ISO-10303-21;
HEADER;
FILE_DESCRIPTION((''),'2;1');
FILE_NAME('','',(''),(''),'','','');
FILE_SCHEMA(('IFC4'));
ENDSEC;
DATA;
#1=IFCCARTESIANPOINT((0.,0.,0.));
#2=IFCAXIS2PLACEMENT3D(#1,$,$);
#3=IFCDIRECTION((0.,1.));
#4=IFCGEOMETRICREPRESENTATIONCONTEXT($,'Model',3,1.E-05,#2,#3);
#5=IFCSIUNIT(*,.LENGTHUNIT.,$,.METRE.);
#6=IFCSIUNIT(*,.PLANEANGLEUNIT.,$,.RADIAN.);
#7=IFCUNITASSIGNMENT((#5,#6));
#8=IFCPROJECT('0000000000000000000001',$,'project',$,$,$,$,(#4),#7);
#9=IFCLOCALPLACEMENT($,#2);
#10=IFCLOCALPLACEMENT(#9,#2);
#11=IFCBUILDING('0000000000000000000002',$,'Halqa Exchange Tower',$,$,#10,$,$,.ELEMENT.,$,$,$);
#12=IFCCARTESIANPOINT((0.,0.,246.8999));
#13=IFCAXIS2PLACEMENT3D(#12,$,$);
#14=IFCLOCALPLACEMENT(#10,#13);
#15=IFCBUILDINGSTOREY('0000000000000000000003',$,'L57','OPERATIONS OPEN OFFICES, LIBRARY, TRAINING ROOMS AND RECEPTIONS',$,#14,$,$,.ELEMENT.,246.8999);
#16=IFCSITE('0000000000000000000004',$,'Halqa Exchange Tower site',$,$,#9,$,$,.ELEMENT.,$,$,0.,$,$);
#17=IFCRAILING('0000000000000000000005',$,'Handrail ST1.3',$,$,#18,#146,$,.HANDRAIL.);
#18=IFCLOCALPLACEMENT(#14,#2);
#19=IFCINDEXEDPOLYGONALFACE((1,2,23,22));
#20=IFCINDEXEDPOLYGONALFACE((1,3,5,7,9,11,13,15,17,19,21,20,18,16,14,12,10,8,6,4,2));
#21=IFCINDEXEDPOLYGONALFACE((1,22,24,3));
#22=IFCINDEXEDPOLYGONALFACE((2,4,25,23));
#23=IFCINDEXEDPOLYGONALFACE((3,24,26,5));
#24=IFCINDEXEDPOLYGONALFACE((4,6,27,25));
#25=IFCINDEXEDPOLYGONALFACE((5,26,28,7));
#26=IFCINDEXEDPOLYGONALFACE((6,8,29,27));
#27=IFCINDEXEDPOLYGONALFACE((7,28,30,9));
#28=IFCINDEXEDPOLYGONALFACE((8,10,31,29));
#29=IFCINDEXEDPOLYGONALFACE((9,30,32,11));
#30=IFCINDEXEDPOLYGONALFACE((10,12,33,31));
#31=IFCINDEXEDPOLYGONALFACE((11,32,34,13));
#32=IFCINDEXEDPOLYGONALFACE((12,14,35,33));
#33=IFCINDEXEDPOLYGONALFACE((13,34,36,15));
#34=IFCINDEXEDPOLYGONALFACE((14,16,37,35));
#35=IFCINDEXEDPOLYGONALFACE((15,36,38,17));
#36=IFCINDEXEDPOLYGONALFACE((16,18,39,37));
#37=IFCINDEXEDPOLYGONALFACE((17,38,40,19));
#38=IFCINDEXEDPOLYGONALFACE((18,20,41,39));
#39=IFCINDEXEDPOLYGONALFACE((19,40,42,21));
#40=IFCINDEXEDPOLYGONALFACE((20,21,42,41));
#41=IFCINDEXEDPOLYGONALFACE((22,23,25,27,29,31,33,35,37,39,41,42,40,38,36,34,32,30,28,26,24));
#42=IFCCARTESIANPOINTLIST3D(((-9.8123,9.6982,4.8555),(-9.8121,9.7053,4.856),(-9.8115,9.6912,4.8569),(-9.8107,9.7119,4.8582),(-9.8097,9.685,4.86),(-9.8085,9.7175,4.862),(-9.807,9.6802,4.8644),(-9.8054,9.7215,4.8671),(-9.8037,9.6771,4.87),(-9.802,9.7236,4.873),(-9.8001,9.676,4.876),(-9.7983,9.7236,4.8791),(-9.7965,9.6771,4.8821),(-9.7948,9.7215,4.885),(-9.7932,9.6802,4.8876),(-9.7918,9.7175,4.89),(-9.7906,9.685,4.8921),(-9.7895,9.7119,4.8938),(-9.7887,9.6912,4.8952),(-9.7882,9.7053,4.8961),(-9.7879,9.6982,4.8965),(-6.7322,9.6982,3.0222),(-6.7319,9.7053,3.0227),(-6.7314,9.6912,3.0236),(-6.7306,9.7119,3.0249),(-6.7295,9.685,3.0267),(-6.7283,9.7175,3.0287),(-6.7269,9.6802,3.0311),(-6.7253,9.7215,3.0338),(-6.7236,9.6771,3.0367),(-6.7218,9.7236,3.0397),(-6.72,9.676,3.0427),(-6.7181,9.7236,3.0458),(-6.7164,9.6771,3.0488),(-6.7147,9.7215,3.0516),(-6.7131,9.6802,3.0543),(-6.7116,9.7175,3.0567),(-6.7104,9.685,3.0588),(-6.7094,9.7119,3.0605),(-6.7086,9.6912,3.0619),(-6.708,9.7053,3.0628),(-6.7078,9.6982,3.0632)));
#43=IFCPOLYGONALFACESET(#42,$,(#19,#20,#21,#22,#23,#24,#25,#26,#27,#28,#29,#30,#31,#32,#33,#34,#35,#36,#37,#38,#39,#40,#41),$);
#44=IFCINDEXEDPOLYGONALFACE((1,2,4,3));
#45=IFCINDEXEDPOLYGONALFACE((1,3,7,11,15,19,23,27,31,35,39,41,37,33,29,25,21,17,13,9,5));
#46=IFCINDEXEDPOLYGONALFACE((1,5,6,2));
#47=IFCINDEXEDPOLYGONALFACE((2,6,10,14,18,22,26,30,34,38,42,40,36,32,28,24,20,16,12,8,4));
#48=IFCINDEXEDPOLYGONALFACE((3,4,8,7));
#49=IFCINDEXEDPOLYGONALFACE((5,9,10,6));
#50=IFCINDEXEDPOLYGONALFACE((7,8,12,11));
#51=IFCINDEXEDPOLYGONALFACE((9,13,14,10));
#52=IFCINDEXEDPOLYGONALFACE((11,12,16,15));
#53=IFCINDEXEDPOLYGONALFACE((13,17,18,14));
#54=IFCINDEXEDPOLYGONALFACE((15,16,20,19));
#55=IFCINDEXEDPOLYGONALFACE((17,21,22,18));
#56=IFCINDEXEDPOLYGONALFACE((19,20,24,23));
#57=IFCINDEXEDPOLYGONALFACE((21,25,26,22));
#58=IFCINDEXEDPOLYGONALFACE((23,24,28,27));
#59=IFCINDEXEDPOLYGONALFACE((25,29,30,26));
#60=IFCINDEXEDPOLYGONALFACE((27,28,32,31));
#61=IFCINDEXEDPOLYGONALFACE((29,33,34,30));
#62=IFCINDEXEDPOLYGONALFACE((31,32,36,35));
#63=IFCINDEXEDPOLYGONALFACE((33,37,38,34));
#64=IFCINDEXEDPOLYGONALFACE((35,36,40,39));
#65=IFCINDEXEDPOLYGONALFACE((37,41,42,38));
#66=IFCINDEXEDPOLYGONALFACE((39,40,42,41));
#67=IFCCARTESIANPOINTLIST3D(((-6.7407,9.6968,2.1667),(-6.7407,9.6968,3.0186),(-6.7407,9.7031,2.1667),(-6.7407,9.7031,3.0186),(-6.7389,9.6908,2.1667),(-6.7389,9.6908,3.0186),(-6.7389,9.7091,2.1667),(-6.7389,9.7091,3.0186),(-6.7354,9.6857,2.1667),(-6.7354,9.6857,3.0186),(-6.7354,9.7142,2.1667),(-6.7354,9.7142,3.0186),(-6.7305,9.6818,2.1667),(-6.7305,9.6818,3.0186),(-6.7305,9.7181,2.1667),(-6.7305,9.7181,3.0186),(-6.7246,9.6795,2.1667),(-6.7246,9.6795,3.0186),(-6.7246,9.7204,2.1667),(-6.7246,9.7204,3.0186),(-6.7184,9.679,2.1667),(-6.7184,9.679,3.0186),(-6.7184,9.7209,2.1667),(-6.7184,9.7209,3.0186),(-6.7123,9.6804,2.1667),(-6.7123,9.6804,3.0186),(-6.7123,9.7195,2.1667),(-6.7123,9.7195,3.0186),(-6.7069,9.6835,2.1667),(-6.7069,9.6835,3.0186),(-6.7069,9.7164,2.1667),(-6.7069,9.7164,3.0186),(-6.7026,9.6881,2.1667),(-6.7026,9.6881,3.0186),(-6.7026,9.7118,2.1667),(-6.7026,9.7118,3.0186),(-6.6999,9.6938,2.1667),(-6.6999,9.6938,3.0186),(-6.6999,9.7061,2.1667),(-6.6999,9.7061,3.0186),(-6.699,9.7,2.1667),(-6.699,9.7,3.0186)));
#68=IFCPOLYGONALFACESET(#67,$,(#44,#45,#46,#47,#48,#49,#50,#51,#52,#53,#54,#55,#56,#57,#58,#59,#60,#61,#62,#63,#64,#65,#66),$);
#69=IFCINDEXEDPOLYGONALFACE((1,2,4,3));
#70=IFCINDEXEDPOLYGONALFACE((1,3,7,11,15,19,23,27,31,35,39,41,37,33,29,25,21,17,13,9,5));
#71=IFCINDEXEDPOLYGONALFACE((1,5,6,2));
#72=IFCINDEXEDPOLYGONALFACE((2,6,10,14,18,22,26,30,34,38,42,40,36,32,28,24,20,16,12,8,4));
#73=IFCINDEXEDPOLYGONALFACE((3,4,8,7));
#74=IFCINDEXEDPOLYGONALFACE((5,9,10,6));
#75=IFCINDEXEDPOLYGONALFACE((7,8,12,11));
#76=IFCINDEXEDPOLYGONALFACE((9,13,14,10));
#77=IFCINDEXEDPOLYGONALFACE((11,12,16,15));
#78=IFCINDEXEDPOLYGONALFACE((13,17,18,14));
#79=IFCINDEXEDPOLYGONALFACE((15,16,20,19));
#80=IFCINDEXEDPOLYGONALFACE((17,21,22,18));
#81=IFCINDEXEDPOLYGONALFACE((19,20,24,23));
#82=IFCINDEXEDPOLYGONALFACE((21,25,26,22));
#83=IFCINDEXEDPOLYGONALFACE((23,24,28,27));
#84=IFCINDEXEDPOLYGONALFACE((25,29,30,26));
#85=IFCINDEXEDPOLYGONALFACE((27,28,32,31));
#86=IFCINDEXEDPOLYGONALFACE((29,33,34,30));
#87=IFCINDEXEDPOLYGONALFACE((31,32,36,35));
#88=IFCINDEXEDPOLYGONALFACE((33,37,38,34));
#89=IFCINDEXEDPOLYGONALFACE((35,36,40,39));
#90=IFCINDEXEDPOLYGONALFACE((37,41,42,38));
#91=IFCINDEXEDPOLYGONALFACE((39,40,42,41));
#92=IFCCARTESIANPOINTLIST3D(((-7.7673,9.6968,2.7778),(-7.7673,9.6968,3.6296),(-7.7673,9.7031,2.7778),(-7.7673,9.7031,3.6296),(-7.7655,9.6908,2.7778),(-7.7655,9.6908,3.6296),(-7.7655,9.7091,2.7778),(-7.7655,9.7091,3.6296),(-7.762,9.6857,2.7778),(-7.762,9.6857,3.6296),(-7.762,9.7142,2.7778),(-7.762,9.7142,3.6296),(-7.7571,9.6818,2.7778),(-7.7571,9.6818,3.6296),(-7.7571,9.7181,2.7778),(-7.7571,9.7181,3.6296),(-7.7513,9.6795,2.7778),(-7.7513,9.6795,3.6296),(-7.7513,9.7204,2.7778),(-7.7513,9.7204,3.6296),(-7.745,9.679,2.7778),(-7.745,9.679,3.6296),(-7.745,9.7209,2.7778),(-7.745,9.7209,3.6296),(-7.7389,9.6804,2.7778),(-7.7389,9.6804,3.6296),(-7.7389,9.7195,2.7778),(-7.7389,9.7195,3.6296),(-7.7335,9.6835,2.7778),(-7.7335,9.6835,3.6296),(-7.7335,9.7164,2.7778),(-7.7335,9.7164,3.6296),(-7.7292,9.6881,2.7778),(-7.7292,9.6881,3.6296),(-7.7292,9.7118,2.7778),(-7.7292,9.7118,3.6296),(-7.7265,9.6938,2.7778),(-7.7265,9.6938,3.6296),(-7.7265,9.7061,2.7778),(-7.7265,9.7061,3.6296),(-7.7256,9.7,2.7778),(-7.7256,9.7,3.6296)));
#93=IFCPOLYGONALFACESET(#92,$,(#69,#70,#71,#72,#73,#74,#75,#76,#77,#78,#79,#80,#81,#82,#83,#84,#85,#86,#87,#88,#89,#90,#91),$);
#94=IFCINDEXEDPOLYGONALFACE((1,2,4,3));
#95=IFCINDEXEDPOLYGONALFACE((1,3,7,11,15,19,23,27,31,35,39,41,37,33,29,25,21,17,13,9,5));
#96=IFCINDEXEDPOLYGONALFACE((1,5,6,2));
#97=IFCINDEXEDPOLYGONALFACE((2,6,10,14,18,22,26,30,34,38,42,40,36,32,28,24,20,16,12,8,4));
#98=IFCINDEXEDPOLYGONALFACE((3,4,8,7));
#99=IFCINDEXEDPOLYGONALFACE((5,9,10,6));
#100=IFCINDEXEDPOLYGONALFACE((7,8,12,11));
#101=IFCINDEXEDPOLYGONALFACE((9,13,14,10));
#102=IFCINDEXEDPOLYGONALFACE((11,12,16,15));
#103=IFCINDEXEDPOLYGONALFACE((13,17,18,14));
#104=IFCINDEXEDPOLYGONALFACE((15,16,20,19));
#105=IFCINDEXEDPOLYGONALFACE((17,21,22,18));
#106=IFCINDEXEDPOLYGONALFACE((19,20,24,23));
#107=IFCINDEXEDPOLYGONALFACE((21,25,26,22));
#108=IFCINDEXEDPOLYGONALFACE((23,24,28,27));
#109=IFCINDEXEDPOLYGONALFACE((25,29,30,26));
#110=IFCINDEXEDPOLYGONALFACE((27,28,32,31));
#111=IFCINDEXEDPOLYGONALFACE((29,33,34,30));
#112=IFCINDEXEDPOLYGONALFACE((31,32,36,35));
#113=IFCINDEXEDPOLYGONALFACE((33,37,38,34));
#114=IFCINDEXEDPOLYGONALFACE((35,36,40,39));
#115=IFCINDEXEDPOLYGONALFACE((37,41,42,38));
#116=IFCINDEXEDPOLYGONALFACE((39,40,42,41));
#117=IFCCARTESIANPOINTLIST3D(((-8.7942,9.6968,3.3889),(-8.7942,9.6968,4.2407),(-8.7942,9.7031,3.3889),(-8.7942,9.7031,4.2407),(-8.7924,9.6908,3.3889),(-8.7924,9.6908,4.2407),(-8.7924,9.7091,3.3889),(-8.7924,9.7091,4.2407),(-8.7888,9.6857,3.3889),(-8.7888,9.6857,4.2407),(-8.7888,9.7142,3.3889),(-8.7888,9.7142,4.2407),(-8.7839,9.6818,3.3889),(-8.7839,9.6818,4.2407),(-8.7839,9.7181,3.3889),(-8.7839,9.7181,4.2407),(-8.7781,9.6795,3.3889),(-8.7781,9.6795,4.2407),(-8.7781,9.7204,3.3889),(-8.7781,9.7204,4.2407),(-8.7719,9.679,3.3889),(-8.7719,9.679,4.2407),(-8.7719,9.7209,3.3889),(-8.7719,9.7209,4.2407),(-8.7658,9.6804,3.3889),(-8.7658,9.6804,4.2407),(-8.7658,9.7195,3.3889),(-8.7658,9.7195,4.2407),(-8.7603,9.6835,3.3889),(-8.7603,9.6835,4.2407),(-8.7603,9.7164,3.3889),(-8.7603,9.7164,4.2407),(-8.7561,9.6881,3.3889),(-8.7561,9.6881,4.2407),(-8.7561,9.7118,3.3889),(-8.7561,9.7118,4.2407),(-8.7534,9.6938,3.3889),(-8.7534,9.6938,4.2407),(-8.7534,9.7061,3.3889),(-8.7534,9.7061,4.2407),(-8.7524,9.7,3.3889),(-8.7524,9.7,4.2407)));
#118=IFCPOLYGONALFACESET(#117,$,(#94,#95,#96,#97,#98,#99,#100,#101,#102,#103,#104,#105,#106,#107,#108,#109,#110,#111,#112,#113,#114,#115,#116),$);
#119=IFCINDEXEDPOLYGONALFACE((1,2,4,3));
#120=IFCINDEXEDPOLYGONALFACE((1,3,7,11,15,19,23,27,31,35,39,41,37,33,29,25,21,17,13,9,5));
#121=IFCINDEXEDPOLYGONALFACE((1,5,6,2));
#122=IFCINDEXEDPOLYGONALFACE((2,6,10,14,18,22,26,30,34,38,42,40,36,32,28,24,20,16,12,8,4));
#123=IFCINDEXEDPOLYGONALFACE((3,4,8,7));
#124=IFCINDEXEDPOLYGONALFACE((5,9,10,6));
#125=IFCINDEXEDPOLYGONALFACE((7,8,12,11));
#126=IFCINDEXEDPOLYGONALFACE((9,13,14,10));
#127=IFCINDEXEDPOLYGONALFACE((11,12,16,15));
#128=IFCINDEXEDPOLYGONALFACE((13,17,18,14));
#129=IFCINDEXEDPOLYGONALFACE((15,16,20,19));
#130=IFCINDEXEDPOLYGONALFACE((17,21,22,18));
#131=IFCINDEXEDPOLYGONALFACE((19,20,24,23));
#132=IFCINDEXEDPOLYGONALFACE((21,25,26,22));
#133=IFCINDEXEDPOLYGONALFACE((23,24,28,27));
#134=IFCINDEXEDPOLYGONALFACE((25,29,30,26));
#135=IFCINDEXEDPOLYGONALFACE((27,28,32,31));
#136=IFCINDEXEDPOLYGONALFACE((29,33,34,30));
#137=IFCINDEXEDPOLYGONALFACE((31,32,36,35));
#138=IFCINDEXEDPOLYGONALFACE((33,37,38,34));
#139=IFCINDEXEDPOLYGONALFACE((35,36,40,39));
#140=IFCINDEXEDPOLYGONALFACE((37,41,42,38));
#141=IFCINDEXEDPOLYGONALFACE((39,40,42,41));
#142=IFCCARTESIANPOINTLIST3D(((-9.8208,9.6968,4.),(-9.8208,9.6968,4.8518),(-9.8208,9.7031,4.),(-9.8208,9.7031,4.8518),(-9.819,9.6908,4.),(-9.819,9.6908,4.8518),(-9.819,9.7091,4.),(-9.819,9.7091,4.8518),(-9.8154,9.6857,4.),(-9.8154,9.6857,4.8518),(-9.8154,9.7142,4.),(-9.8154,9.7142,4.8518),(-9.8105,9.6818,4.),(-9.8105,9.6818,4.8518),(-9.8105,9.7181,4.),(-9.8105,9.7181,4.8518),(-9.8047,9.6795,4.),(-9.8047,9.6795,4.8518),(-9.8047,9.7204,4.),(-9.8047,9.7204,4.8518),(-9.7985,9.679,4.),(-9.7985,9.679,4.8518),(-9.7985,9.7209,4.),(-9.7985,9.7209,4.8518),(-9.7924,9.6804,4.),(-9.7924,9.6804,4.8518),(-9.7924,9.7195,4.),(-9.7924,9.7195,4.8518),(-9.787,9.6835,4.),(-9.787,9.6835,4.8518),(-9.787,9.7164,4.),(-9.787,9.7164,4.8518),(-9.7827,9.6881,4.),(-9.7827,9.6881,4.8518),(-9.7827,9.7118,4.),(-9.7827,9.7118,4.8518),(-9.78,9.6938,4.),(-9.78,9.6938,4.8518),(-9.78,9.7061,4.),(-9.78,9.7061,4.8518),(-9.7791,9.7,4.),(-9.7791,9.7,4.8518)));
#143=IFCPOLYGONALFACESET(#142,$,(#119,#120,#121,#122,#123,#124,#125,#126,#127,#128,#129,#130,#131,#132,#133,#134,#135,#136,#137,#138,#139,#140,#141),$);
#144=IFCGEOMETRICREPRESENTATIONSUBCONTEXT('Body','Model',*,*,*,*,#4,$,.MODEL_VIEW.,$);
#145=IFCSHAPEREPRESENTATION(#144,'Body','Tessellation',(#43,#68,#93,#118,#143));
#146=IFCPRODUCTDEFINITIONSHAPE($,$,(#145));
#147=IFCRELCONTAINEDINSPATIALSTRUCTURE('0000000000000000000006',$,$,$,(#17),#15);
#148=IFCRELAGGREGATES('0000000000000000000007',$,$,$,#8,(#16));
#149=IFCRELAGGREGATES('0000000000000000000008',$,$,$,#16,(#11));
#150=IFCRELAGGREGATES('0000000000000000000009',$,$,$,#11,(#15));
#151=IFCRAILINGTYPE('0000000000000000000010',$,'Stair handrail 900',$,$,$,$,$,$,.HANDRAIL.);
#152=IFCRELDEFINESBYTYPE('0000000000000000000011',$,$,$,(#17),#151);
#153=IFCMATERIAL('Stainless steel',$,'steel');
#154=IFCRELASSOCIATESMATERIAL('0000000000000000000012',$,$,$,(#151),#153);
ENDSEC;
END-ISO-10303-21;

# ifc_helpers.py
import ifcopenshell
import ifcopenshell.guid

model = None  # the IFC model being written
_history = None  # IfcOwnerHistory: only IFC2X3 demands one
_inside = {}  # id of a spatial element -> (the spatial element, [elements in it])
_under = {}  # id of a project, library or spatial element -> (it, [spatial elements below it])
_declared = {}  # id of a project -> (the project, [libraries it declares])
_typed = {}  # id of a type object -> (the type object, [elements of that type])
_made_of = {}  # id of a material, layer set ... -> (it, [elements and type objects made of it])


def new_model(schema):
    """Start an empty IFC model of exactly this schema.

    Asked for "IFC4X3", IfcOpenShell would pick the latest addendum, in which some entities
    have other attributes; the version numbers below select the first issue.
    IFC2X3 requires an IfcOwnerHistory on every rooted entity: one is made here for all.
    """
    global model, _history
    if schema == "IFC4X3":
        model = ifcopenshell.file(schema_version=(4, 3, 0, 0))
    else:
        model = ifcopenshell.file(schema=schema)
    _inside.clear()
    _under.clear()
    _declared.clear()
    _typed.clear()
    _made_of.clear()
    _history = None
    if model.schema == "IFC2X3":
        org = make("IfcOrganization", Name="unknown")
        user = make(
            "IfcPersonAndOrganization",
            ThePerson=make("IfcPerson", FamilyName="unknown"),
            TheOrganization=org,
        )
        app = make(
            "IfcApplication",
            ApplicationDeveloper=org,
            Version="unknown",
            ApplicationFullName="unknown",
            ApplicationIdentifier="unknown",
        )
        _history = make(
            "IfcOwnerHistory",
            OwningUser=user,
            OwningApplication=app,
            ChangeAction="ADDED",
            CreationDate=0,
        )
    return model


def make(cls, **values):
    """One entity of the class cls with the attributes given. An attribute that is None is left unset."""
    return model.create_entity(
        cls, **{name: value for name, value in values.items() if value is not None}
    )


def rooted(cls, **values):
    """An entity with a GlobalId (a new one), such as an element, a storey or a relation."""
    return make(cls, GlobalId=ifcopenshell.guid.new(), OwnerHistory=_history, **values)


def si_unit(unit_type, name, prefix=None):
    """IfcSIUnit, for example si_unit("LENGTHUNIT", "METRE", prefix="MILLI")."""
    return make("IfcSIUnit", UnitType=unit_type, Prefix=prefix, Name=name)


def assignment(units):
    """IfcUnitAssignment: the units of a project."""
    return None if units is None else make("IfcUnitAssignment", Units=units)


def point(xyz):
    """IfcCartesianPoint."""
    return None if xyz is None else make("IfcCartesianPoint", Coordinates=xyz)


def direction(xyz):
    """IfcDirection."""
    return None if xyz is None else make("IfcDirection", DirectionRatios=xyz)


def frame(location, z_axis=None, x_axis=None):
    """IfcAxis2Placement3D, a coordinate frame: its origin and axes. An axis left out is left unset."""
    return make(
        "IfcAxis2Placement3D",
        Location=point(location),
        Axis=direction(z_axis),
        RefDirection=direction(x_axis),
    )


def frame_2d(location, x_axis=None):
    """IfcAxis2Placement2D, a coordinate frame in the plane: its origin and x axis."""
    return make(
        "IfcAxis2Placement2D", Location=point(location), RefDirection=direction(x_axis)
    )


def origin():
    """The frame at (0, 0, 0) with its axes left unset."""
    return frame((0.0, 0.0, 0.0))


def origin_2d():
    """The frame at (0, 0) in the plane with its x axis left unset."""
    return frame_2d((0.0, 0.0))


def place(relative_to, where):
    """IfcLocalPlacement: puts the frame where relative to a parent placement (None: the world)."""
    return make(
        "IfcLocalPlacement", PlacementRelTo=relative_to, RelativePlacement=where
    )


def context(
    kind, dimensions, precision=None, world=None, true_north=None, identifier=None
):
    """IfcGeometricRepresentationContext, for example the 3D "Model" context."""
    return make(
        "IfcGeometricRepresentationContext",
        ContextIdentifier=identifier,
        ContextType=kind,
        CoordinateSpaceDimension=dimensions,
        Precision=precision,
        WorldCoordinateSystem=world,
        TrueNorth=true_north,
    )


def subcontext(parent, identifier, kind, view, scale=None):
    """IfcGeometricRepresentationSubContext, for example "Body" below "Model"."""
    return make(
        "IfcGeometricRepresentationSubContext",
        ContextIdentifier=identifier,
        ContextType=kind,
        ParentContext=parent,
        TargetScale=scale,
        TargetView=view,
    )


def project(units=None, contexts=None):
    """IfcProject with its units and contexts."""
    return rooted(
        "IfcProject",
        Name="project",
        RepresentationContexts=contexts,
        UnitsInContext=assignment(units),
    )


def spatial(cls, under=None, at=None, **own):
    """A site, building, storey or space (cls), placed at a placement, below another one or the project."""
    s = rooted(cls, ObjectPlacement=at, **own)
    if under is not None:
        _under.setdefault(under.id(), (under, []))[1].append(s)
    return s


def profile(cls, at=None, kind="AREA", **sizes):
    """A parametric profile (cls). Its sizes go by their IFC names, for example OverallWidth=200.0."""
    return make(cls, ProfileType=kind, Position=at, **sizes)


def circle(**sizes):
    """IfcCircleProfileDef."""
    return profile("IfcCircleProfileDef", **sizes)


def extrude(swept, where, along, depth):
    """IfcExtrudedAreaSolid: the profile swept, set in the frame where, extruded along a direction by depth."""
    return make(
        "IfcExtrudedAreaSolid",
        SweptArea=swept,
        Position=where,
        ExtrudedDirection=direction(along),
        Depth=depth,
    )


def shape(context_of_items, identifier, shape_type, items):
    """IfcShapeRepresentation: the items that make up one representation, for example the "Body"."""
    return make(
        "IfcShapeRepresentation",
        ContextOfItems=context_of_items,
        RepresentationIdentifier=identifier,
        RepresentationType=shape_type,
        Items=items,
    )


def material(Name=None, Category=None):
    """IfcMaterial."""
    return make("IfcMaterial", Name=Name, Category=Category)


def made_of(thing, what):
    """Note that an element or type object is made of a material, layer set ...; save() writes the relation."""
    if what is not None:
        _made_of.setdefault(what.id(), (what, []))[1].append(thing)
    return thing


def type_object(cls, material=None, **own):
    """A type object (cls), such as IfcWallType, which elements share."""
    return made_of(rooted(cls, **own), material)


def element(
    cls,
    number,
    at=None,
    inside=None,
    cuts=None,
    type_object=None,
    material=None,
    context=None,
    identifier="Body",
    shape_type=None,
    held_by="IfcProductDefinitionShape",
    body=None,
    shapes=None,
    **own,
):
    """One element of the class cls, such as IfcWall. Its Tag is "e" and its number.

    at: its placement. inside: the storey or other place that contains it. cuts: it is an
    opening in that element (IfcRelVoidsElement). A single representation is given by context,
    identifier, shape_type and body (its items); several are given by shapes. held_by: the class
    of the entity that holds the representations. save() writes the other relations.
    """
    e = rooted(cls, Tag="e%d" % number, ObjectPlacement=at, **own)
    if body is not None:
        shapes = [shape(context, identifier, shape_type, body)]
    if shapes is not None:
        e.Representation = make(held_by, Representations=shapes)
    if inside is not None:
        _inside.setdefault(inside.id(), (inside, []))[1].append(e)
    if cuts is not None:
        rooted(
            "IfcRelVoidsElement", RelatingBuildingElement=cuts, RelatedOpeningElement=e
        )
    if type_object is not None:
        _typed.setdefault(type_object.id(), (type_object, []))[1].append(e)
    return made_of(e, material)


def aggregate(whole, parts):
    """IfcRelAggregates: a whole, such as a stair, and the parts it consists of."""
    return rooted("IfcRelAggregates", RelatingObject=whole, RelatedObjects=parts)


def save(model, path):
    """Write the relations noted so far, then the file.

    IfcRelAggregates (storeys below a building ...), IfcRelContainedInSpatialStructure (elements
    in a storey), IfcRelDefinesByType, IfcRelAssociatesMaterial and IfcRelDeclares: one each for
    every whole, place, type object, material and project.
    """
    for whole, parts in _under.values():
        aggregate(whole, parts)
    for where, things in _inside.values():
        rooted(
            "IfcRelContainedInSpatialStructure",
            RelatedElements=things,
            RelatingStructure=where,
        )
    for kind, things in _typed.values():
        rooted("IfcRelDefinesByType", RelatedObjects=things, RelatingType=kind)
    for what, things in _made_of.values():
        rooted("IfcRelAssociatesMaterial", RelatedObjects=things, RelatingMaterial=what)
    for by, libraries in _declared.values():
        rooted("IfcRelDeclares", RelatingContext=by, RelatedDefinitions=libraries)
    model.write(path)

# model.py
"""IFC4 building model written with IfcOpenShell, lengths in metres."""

from ifc_helpers import new_model, si_unit, direction, frame, origin, origin_2d, place, context, subcontext, project, spatial, circle, extrude, material, type_object, element, save


model = new_model("IFC4")

# Units and contexts
model_context = context("Model", 3, precision=1e-05, world=origin(), true_north=direction((0.0, 1.0)))
body_context = subcontext(model_context, "Body", "Model", "MODEL_VIEW")
ifc_project = project(units=[si_unit("LENGTHUNIT", "METRE"), si_unit("PLANEANGLEUNIT", "RADIAN")], contexts=[model_context])

# Site, building, storey
site_placement = place(None, origin())
site = spatial("IfcSite", under=ifc_project, at=site_placement, Name="Halqa Exchange Tower site", CompositionType="ELEMENT", RefElevation=0.0)
building_placement = place(site_placement, origin())
building = spatial("IfcBuilding", under=site, at=building_placement, Name="Halqa Exchange Tower", CompositionType="ELEMENT")
storey_placement = place(building_placement, frame((0.0, 0.0, 246.8999)))
storey = spatial("IfcBuildingStorey", under=building, at=storey_placement, Name="L57", Description="OPERATIONS OPEN OFFICES, LIBRARY, TRAINING ROOMS AND RECEPTIONS", CompositionType="ELEMENT", Elevation=246.8999)

# Railing
ifc_material_1 = material(Name="Stainless steel", Category="steel")
railing_type_1 = type_object("IfcRailingType", Name="Stair handrail 900", PredefinedType="HANDRAIL", material=ifc_material_1)
railing_1_placement = place(storey_placement, frame((-6.72, 9.7, 2.1667)))
element("IfcRailing", 1, at=railing_1_placement, inside=storey, type_object=railing_type_1, Name="Handrail ST1.3", PredefinedType="HANDRAIL", context=body_context, shape_type="SweptSolid", body=[
    extrude(circle(Radius=0.0239, at=origin_2d()), frame((0.0, 0.0, 0.876), z_axis=(-0.859309, 0.0, 0.511458), x_axis=(0.0, -1.0, 0.0)), (0.0, 0.0, 1.0), 3.5845),
    extrude(circle(Radius=0.021, at=origin_2d()), origin(), (0.0, 0.0, 1.0), 0.8518),
    extrude(circle(Radius=0.021, at=origin_2d()), frame((-1.0266, 0.0, 0.6111)), (0.0, 0.0, 1.0), 0.8518),
    extrude(circle(Radius=0.021, at=origin_2d()), frame((-2.0535, 0.0, 1.2222)), (0.0, 0.0, 1.0), 0.8518),
    extrude(circle(Radius=0.021, at=origin_2d()), frame((-3.0801, 0.0, 1.8333)), (0.0, 0.0, 1.0), 0.8518),
])

save(model, "model.ifc")
